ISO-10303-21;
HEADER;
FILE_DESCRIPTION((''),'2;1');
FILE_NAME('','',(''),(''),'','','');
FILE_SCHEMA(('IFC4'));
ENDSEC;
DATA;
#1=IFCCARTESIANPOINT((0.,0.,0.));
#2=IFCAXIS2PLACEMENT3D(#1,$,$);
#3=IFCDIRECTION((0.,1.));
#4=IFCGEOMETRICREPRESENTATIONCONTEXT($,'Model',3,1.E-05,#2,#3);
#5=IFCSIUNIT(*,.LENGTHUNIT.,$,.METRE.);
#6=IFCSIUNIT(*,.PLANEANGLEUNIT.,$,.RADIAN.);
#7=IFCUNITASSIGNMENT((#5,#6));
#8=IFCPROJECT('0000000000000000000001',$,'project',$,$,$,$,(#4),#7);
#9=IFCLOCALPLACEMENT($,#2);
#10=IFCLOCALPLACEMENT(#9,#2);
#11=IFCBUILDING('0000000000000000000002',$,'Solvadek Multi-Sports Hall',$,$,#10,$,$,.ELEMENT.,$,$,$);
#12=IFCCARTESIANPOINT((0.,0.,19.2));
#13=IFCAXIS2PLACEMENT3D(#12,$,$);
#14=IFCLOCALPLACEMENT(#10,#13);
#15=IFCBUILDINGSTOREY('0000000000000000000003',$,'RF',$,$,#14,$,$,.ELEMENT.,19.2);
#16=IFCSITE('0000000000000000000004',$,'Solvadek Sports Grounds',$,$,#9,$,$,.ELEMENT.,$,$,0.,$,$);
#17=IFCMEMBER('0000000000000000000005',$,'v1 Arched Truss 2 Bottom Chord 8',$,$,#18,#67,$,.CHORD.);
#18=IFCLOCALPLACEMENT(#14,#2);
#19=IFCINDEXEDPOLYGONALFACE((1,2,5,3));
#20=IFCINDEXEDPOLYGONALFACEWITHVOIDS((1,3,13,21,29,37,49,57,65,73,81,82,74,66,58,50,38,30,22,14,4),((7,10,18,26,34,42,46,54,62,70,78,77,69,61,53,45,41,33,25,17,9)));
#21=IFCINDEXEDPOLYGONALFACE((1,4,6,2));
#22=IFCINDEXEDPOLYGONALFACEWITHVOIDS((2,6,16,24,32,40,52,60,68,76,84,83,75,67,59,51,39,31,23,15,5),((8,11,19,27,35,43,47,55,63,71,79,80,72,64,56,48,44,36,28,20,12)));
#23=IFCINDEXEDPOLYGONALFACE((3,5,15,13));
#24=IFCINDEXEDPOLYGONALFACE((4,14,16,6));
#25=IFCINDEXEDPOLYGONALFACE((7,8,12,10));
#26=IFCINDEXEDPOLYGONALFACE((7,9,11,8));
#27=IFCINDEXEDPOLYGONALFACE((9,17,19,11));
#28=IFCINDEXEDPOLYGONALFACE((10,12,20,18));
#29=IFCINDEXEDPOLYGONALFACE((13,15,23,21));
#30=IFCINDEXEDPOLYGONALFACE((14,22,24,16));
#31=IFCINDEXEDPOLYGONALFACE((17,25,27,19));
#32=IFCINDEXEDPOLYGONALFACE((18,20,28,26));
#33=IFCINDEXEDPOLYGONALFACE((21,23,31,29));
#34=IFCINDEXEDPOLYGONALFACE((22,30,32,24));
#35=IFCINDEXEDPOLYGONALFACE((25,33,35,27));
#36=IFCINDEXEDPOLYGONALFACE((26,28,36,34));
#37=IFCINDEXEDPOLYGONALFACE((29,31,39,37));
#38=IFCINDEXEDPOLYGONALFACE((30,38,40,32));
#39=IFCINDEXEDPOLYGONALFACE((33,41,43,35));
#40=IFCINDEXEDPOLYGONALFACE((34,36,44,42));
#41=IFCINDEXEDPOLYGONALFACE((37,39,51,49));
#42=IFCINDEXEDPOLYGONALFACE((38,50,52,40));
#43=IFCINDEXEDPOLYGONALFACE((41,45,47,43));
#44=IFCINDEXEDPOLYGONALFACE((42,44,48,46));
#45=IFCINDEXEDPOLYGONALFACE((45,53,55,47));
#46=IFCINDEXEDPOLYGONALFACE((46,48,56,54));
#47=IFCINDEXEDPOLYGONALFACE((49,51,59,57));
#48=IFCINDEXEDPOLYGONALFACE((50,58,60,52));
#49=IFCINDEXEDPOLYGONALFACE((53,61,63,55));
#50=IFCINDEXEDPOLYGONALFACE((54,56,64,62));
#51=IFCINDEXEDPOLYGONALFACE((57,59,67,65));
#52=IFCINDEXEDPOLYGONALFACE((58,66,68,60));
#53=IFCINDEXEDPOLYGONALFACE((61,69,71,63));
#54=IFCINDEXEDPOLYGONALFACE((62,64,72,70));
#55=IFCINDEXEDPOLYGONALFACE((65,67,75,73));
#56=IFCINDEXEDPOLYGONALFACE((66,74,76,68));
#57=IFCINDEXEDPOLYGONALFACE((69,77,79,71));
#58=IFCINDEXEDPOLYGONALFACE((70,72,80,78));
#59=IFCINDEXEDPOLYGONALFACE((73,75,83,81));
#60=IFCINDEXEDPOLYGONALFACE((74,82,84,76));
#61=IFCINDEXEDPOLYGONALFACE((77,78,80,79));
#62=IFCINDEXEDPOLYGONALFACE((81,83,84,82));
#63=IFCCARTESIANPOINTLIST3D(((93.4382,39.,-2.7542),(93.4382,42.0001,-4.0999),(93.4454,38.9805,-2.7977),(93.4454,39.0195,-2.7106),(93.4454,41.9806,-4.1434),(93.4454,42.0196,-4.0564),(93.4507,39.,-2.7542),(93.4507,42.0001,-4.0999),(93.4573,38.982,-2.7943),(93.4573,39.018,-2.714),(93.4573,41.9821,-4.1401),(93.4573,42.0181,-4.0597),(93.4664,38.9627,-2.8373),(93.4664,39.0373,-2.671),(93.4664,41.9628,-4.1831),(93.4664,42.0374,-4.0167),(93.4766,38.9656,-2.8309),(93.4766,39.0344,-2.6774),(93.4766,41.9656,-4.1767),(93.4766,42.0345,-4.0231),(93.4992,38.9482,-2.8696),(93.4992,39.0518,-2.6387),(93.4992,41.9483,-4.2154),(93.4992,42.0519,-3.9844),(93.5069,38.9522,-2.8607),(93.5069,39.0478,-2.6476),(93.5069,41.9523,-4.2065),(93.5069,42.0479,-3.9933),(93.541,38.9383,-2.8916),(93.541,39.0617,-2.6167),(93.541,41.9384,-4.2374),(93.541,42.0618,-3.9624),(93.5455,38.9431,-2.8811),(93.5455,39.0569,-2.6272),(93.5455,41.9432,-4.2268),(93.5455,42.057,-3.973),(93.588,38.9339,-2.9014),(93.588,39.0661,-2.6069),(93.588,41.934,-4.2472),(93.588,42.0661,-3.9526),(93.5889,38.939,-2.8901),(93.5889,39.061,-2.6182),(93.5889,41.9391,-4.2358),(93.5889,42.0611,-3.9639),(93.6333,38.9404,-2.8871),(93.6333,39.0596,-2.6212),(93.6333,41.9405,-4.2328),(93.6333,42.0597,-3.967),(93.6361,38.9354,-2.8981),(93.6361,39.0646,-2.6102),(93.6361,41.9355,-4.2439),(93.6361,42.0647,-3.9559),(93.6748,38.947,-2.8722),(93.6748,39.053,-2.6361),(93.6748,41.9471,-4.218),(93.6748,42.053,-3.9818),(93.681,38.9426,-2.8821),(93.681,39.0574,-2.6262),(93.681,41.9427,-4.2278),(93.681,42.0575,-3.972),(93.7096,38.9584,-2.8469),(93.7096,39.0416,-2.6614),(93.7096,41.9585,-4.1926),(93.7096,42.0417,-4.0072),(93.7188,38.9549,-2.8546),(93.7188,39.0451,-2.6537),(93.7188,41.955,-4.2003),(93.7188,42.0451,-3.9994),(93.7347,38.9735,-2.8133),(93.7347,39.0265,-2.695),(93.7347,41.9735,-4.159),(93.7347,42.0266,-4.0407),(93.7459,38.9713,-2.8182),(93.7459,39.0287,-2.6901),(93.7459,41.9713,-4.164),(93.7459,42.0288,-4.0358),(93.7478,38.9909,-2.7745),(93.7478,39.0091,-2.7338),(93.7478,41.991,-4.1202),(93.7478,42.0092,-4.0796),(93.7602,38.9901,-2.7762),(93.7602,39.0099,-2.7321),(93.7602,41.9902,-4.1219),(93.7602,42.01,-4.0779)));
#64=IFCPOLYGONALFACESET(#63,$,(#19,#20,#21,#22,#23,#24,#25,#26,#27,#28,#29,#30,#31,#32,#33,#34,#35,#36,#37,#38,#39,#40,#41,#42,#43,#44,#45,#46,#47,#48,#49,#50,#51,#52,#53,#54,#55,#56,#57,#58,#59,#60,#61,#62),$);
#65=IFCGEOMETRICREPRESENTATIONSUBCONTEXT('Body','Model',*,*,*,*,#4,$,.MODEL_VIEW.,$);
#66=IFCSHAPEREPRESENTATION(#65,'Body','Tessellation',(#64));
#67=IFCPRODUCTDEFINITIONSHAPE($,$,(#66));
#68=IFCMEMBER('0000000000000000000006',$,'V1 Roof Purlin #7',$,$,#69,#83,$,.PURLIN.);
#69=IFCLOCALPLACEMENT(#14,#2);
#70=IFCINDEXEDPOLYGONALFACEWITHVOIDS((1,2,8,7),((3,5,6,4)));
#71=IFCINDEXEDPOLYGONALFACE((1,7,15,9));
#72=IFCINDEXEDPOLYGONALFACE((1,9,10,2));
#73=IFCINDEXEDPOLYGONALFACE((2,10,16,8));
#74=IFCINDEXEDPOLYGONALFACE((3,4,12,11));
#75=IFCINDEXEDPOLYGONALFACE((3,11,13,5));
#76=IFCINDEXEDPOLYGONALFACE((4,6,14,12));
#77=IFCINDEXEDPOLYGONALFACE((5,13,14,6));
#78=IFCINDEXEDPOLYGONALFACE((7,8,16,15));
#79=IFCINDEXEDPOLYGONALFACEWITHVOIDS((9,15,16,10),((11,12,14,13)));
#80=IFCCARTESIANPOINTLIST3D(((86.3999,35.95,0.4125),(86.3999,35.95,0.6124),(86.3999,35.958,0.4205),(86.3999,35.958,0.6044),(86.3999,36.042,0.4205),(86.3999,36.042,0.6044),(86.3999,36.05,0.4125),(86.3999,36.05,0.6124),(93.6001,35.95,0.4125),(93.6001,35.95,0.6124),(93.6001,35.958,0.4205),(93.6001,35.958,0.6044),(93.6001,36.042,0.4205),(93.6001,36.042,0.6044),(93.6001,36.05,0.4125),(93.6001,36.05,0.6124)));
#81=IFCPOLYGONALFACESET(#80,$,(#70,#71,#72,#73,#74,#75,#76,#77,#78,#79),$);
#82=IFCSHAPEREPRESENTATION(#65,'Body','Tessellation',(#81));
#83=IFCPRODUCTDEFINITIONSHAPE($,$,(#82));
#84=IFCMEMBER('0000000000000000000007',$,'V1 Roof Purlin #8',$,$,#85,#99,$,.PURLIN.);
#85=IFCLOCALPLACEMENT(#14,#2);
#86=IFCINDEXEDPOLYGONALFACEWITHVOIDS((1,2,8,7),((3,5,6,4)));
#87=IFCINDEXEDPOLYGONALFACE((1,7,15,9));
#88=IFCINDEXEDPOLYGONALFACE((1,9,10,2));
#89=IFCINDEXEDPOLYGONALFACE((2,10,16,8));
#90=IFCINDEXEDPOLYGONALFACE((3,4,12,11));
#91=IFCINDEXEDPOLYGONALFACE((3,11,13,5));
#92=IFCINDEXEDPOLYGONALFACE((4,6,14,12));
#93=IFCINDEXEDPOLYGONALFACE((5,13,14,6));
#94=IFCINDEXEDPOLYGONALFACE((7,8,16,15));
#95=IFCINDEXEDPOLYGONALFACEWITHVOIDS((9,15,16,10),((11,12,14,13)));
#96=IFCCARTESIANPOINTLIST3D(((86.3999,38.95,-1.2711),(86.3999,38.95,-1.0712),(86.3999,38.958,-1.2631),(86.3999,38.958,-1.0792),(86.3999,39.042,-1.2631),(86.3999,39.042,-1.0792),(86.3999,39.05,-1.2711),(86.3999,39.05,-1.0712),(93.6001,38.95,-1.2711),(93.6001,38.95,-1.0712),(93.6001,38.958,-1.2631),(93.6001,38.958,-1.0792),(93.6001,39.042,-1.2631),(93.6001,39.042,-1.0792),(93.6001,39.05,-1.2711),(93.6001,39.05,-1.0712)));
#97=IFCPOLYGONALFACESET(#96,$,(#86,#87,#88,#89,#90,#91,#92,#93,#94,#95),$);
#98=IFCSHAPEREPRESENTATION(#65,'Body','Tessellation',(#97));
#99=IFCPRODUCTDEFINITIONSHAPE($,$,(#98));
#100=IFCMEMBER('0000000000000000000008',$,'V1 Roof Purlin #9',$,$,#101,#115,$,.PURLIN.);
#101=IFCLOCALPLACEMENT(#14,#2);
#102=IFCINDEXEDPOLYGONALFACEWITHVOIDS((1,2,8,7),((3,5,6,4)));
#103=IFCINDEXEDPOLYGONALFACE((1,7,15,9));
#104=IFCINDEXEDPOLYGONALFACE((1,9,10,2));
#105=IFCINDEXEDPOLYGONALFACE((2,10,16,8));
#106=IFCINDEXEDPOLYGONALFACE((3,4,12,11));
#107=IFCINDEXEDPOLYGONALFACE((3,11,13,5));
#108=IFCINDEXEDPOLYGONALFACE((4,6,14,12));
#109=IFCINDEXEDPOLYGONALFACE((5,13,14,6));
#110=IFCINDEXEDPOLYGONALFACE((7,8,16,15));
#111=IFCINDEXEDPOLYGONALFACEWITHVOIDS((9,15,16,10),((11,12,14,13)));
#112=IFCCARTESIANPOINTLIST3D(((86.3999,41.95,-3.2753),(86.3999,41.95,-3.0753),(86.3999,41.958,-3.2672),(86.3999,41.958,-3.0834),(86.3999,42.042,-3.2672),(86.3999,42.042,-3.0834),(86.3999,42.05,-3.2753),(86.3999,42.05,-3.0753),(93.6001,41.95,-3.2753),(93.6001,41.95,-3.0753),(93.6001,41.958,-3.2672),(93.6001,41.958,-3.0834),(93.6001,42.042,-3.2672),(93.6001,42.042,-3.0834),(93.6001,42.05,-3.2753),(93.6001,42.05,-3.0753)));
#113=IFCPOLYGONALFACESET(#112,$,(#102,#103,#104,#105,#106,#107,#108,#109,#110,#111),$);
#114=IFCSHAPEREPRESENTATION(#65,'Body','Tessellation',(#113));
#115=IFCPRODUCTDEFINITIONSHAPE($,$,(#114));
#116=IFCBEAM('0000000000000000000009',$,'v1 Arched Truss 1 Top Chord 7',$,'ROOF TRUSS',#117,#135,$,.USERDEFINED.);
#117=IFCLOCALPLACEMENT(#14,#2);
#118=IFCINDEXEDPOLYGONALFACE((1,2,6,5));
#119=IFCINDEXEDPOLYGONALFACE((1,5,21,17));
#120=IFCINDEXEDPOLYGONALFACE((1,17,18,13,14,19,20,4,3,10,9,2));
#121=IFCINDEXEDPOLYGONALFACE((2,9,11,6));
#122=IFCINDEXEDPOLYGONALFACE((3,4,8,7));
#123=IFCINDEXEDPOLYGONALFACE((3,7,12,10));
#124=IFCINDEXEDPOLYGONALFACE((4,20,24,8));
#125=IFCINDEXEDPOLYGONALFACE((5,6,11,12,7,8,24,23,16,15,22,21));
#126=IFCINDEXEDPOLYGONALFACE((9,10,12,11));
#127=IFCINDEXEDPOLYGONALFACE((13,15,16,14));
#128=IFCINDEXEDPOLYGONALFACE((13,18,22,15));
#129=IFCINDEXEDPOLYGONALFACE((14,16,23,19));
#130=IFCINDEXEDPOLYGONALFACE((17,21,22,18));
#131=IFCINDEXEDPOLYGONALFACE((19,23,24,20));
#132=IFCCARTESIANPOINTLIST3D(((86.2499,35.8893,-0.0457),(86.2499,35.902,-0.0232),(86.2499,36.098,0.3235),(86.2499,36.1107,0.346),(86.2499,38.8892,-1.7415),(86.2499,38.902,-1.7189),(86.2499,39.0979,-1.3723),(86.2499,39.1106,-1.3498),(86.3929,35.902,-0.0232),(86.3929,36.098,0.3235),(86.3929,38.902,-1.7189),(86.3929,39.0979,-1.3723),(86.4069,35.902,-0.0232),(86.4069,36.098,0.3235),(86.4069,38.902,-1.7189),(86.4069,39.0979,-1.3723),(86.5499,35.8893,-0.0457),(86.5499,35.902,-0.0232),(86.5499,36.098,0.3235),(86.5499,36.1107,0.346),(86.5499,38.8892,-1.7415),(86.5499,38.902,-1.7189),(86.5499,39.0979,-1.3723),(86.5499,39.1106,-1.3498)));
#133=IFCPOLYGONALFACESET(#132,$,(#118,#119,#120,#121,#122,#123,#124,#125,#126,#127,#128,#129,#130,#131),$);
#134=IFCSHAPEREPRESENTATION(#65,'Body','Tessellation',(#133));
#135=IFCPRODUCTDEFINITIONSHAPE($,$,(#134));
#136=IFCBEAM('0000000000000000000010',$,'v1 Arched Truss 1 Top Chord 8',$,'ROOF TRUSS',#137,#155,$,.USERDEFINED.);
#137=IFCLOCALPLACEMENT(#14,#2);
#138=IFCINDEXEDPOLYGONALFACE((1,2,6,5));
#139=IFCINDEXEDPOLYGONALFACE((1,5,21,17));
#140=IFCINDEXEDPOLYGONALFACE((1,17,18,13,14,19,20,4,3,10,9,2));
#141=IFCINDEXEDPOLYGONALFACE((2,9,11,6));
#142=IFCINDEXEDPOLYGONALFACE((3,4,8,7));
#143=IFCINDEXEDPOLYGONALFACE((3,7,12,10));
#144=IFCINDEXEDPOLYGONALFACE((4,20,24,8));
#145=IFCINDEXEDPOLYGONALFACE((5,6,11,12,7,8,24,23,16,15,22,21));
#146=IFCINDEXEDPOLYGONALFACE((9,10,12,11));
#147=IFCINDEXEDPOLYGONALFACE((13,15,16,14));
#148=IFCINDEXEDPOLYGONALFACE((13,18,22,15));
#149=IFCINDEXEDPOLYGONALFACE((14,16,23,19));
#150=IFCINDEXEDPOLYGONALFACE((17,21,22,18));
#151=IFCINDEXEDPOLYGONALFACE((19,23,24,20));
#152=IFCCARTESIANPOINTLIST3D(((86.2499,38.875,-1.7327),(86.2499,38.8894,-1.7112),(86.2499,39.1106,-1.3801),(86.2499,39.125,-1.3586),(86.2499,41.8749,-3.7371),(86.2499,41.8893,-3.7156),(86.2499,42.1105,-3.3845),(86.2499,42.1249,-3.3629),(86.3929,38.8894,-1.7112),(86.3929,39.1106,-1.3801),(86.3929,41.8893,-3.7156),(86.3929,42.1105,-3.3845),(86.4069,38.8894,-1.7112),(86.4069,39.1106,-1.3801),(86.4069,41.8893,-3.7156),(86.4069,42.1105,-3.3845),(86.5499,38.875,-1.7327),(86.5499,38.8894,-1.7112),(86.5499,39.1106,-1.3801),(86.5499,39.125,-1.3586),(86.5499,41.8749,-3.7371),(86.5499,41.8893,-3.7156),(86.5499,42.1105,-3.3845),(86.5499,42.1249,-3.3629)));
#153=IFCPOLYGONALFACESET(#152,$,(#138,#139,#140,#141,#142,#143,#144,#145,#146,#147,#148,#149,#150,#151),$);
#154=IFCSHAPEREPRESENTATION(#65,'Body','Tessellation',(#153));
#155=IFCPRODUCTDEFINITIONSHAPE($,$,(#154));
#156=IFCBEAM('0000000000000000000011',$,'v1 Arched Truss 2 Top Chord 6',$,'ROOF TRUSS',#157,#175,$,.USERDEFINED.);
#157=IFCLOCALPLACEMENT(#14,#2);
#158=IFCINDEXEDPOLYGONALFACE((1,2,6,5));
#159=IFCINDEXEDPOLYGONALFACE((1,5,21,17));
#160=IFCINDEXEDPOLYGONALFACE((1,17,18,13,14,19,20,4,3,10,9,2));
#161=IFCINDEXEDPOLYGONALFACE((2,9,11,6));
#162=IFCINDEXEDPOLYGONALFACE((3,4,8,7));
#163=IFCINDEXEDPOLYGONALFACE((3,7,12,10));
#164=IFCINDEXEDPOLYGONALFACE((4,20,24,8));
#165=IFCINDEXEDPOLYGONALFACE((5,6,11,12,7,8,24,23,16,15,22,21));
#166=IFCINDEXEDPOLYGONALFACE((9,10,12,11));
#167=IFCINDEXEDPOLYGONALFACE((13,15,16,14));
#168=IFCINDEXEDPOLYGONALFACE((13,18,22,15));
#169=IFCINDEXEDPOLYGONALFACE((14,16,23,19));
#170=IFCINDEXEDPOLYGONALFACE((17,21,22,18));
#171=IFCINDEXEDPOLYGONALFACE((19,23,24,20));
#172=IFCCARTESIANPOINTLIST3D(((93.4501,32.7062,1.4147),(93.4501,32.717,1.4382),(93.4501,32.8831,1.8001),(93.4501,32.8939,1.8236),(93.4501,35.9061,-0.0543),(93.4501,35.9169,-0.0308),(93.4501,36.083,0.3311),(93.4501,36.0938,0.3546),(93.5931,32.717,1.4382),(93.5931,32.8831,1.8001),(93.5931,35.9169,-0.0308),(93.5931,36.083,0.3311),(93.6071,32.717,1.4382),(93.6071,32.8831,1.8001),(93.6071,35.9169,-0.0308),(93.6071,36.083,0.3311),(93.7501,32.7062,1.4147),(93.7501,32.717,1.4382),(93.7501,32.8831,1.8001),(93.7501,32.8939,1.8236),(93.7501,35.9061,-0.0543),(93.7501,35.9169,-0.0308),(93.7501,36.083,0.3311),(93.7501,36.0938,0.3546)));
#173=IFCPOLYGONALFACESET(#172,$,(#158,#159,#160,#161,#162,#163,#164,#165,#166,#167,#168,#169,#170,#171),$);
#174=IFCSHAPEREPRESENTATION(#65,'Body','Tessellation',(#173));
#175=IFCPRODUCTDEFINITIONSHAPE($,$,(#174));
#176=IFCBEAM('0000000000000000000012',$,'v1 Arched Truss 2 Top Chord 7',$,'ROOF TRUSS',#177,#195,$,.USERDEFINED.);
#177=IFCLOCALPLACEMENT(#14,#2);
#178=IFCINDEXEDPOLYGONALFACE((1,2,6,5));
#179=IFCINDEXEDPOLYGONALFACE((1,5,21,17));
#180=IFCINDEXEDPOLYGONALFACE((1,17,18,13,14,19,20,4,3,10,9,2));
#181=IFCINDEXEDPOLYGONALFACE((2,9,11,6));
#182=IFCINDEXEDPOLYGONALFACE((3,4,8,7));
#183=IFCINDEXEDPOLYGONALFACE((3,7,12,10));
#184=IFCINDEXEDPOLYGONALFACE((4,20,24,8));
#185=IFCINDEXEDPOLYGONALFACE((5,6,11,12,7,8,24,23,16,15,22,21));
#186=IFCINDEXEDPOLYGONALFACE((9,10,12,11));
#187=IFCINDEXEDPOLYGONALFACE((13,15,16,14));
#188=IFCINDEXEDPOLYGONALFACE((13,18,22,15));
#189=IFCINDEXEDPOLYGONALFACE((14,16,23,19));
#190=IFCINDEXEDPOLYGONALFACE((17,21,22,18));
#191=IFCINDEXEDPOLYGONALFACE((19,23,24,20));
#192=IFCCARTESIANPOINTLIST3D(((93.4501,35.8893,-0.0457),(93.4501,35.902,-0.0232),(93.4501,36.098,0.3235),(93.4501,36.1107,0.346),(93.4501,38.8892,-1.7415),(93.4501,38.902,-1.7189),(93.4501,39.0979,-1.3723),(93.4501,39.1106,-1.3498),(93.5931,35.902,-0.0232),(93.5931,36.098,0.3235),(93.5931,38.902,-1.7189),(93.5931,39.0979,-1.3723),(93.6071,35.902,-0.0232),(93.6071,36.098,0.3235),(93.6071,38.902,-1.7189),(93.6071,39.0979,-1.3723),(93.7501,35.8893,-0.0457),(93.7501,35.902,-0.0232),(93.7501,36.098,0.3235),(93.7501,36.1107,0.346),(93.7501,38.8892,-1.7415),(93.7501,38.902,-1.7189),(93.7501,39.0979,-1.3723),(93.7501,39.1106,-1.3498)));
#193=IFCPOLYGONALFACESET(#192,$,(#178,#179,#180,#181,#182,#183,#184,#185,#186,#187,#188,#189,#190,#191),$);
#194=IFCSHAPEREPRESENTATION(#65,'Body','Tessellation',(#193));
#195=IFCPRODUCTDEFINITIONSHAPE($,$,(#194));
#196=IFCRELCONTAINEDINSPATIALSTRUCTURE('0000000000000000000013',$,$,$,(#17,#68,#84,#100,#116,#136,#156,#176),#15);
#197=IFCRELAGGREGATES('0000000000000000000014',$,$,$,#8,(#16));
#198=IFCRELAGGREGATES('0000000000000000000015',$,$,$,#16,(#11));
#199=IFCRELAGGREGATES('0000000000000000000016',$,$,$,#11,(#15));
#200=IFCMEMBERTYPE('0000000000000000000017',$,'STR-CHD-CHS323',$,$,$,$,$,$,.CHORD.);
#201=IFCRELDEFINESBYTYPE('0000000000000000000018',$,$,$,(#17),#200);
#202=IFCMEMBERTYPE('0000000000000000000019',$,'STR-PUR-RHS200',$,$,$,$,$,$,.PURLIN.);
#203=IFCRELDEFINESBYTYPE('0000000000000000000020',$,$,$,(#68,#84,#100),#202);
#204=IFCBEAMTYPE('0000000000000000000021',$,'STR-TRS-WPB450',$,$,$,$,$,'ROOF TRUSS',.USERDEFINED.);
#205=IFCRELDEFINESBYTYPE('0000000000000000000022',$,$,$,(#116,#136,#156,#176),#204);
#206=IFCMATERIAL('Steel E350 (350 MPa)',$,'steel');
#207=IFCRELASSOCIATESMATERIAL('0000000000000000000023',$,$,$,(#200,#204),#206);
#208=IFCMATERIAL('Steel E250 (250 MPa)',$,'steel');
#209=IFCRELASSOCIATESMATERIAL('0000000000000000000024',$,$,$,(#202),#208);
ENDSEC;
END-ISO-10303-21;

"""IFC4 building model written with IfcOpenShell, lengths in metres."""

from ifc_helpers import new_model, si_unit, direction, frame, origin, origin_2d, place, context, subcontext, project, spatial, hollow_rectangle, hollow_circle, i_section, extrude, material, material_profile, profile_set, type_object, element, save


model = new_model("IFC4")

# Units and contexts
model_context = context("Model", 3, precision=1e-05, world=origin(), true_north=direction((0.0, 1.0)))
body_context = subcontext(model_context, "Body", "Model", "MODEL_VIEW")
ifc_project = project(units=[si_unit("LENGTHUNIT", "METRE"), si_unit("PLANEANGLEUNIT", "RADIAN")], contexts=[model_context])

# Site, building, storey
site_placement = place(None, origin())
site = spatial("IfcSite", under=ifc_project, at=site_placement, Name="Solvadek Sports Grounds", CompositionType="ELEMENT", RefElevation=0.0)
building_placement = place(site_placement, origin())
building = spatial("IfcBuilding", under=site, at=building_placement, Name="Solvadek Multi-Sports Hall", CompositionType="ELEMENT")
storey_placement = place(building_placement, frame((0.0, 0.0, 19.2)))
storey = spatial("IfcBuildingStorey", under=building, at=storey_placement, Name="RF", CompositionType="ELEMENT", Elevation=19.2)

# Shared definitions
ifc_material_1 = material(Name="Steel E350 (350 MPa)", Category="steel")

# Members
ifc_material_profile_1 = material_profile(ifc_material_1, hollow_circle(Radius=0.1619, WallThickness=0.0125, at=origin_2d()), Name="CHS 323.9x12.5")
ifc_profile_set_1 = profile_set([ifc_material_profile_1], Name="Steel E350 (350 MPa)")
member_type_1 = type_object("IfcMemberType", Name="STR-CHD-CHS323", PredefinedType="CHORD", material=ifc_profile_set_1)
member_1_placement = place(storey_placement, frame((93.6001, 39.0, -2.7542), z_axis=(0.0, 0.91241, -0.409278), x_axis=(-1.0, 0.0, 0.0)))
element("IfcMember", 1, at=member_1_placement, inside=storey, type_object=member_type_1, Name="v1 Arched Truss 2 Bottom Chord 8", PredefinedType="CHORD", context=body_context, shape_type="SweptSolid", body=[
    extrude(hollow_circle(Radius=0.1619, WallThickness=0.0125, at=origin_2d()), origin(), (0.0, 0.0, 1.0), 3.2881),
])
ifc_material_2 = material(Name="Steel E250 (250 MPa)", Category="steel")
ifc_material_profile_2 = material_profile(ifc_material_2, hollow_rectangle(XDim=0.1001, YDim=0.2, WallThickness=0.0081, at=origin_2d()), Name="RHS 200x100x8")
ifc_profile_set_2 = profile_set([ifc_material_profile_2], Name="Steel E250 (250 MPa)")
member_type_2 = type_object("IfcMemberType", Name="STR-PUR-RHS200", PredefinedType="PURLIN", material=ifc_profile_set_2)
for number, where, z_axis, x_axis, name in (
    (2, (86.3999, 36.0, 0.5125), (1.0, 0.0, 0.0), (0.0, 1.0, 0.0), "V1 Roof Purlin #7"),
    (3, (86.3999, 39.0, -1.1711), (1.0, 0.0, 0.0), (0.0, 1.0, 0.0), "V1 Roof Purlin #8"),
    (4, (86.3999, 42.0, -3.1753), (1.0, 0.0, 0.0), (0.0, 1.0, 0.0), "V1 Roof Purlin #9"),
):
    element("IfcMember", number, at=place(storey_placement, frame(where, z_axis=z_axis, x_axis=x_axis)), inside=storey, type_object=member_type_2, Name=name, PredefinedType="PURLIN", context=body_context, shape_type="SweptSolid", body=[
        extrude(hollow_rectangle(XDim=0.1001, YDim=0.2, WallThickness=0.0081, at=origin_2d()), origin(), (0.0, 0.0, 1.0), 7.2002),
    ])

# Beams
ifc_material_profile_3 = material_profile(ifc_material_1, i_section(OverallWidth=0.3, OverallDepth=0.45, WebThickness=0.0139, FlangeThickness=0.0259, at=origin_2d()), Name="WPB 450")
ifc_profile_set_3 = profile_set([ifc_material_profile_3], Name="Steel E350 (350 MPa)")
beam_type = type_object("IfcBeamType", Name="STR-TRS-WPB450", ElementType="ROOF TRUSS", PredefinedType="USERDEFINED", material=ifc_profile_set_3)
beam_1_placement = place(storey_placement, frame((86.3999, 36.0, 0.1501), z_axis=(0.0, 0.870544, -0.49209), x_axis=(-1.0, 0.0, 0.0)))
element("IfcBeam", 5, at=beam_1_placement, inside=storey, type_object=beam_type, Name="v1 Arched Truss 1 Top Chord 7", ObjectType="ROOF TRUSS", PredefinedType="USERDEFINED", context=body_context, shape_type="SweptSolid", body=[
    extrude(i_section(OverallWidth=0.3, OverallDepth=0.45, WebThickness=0.0139, FlangeThickness=0.0259, at=origin_2d()), origin(), (0.0, 0.0, 1.0), 3.446),
])
beam_2_placement = place(storey_placement, frame((86.3999, 39.0, -1.5457), z_axis=(0.0, 0.831488, -0.555543), x_axis=(-1.0, 0.0, 0.0)))
element("IfcBeam", 6, at=beam_2_placement, inside=storey, type_object=beam_type, Name="v1 Arched Truss 1 Top Chord 8", ObjectType="ROOF TRUSS", PredefinedType="USERDEFINED", context=body_context, shape_type="SweptSolid", body=[
    extrude(i_section(OverallWidth=0.3, OverallDepth=0.45, WebThickness=0.0139, FlangeThickness=0.0259, at=origin_2d()), origin(), (0.0, 0.0, 1.0), 3.6079),
])
beam_3_placement = place(storey_placement, frame((93.6001, 32.8, 1.6191), z_axis=(0.0, 0.908812, -0.417206), x_axis=(-1.0, 0.0, 0.0)))
element("IfcBeam", 7, at=beam_3_placement, inside=storey, type_object=beam_type, Name="v1 Arched Truss 2 Top Chord 6", ObjectType="ROOF TRUSS", PredefinedType="USERDEFINED", context=body_context, shape_type="SweptSolid", body=[
    extrude(i_section(OverallWidth=0.3, OverallDepth=0.45, WebThickness=0.0139, FlangeThickness=0.0259, at=origin_2d()), origin(), (0.0, 0.0, 1.0), 3.521),
])
beam_4_placement = place(storey_placement, frame((93.6001, 36.0, 0.1501), z_axis=(0.0, 0.870544, -0.49209), x_axis=(-1.0, 0.0, 0.0)))
element("IfcBeam", 8, at=beam_4_placement, inside=storey, type_object=beam_type, Name="v1 Arched Truss 2 Top Chord 7", ObjectType="ROOF TRUSS", PredefinedType="USERDEFINED", context=body_context, shape_type="SweptSolid", body=[
    extrude(i_section(OverallWidth=0.3, OverallDepth=0.45, WebThickness=0.0139, FlangeThickness=0.0259, at=origin_2d()), origin(), (0.0, 0.0, 1.0), 3.446),
])

save(model, "model.ifc")
